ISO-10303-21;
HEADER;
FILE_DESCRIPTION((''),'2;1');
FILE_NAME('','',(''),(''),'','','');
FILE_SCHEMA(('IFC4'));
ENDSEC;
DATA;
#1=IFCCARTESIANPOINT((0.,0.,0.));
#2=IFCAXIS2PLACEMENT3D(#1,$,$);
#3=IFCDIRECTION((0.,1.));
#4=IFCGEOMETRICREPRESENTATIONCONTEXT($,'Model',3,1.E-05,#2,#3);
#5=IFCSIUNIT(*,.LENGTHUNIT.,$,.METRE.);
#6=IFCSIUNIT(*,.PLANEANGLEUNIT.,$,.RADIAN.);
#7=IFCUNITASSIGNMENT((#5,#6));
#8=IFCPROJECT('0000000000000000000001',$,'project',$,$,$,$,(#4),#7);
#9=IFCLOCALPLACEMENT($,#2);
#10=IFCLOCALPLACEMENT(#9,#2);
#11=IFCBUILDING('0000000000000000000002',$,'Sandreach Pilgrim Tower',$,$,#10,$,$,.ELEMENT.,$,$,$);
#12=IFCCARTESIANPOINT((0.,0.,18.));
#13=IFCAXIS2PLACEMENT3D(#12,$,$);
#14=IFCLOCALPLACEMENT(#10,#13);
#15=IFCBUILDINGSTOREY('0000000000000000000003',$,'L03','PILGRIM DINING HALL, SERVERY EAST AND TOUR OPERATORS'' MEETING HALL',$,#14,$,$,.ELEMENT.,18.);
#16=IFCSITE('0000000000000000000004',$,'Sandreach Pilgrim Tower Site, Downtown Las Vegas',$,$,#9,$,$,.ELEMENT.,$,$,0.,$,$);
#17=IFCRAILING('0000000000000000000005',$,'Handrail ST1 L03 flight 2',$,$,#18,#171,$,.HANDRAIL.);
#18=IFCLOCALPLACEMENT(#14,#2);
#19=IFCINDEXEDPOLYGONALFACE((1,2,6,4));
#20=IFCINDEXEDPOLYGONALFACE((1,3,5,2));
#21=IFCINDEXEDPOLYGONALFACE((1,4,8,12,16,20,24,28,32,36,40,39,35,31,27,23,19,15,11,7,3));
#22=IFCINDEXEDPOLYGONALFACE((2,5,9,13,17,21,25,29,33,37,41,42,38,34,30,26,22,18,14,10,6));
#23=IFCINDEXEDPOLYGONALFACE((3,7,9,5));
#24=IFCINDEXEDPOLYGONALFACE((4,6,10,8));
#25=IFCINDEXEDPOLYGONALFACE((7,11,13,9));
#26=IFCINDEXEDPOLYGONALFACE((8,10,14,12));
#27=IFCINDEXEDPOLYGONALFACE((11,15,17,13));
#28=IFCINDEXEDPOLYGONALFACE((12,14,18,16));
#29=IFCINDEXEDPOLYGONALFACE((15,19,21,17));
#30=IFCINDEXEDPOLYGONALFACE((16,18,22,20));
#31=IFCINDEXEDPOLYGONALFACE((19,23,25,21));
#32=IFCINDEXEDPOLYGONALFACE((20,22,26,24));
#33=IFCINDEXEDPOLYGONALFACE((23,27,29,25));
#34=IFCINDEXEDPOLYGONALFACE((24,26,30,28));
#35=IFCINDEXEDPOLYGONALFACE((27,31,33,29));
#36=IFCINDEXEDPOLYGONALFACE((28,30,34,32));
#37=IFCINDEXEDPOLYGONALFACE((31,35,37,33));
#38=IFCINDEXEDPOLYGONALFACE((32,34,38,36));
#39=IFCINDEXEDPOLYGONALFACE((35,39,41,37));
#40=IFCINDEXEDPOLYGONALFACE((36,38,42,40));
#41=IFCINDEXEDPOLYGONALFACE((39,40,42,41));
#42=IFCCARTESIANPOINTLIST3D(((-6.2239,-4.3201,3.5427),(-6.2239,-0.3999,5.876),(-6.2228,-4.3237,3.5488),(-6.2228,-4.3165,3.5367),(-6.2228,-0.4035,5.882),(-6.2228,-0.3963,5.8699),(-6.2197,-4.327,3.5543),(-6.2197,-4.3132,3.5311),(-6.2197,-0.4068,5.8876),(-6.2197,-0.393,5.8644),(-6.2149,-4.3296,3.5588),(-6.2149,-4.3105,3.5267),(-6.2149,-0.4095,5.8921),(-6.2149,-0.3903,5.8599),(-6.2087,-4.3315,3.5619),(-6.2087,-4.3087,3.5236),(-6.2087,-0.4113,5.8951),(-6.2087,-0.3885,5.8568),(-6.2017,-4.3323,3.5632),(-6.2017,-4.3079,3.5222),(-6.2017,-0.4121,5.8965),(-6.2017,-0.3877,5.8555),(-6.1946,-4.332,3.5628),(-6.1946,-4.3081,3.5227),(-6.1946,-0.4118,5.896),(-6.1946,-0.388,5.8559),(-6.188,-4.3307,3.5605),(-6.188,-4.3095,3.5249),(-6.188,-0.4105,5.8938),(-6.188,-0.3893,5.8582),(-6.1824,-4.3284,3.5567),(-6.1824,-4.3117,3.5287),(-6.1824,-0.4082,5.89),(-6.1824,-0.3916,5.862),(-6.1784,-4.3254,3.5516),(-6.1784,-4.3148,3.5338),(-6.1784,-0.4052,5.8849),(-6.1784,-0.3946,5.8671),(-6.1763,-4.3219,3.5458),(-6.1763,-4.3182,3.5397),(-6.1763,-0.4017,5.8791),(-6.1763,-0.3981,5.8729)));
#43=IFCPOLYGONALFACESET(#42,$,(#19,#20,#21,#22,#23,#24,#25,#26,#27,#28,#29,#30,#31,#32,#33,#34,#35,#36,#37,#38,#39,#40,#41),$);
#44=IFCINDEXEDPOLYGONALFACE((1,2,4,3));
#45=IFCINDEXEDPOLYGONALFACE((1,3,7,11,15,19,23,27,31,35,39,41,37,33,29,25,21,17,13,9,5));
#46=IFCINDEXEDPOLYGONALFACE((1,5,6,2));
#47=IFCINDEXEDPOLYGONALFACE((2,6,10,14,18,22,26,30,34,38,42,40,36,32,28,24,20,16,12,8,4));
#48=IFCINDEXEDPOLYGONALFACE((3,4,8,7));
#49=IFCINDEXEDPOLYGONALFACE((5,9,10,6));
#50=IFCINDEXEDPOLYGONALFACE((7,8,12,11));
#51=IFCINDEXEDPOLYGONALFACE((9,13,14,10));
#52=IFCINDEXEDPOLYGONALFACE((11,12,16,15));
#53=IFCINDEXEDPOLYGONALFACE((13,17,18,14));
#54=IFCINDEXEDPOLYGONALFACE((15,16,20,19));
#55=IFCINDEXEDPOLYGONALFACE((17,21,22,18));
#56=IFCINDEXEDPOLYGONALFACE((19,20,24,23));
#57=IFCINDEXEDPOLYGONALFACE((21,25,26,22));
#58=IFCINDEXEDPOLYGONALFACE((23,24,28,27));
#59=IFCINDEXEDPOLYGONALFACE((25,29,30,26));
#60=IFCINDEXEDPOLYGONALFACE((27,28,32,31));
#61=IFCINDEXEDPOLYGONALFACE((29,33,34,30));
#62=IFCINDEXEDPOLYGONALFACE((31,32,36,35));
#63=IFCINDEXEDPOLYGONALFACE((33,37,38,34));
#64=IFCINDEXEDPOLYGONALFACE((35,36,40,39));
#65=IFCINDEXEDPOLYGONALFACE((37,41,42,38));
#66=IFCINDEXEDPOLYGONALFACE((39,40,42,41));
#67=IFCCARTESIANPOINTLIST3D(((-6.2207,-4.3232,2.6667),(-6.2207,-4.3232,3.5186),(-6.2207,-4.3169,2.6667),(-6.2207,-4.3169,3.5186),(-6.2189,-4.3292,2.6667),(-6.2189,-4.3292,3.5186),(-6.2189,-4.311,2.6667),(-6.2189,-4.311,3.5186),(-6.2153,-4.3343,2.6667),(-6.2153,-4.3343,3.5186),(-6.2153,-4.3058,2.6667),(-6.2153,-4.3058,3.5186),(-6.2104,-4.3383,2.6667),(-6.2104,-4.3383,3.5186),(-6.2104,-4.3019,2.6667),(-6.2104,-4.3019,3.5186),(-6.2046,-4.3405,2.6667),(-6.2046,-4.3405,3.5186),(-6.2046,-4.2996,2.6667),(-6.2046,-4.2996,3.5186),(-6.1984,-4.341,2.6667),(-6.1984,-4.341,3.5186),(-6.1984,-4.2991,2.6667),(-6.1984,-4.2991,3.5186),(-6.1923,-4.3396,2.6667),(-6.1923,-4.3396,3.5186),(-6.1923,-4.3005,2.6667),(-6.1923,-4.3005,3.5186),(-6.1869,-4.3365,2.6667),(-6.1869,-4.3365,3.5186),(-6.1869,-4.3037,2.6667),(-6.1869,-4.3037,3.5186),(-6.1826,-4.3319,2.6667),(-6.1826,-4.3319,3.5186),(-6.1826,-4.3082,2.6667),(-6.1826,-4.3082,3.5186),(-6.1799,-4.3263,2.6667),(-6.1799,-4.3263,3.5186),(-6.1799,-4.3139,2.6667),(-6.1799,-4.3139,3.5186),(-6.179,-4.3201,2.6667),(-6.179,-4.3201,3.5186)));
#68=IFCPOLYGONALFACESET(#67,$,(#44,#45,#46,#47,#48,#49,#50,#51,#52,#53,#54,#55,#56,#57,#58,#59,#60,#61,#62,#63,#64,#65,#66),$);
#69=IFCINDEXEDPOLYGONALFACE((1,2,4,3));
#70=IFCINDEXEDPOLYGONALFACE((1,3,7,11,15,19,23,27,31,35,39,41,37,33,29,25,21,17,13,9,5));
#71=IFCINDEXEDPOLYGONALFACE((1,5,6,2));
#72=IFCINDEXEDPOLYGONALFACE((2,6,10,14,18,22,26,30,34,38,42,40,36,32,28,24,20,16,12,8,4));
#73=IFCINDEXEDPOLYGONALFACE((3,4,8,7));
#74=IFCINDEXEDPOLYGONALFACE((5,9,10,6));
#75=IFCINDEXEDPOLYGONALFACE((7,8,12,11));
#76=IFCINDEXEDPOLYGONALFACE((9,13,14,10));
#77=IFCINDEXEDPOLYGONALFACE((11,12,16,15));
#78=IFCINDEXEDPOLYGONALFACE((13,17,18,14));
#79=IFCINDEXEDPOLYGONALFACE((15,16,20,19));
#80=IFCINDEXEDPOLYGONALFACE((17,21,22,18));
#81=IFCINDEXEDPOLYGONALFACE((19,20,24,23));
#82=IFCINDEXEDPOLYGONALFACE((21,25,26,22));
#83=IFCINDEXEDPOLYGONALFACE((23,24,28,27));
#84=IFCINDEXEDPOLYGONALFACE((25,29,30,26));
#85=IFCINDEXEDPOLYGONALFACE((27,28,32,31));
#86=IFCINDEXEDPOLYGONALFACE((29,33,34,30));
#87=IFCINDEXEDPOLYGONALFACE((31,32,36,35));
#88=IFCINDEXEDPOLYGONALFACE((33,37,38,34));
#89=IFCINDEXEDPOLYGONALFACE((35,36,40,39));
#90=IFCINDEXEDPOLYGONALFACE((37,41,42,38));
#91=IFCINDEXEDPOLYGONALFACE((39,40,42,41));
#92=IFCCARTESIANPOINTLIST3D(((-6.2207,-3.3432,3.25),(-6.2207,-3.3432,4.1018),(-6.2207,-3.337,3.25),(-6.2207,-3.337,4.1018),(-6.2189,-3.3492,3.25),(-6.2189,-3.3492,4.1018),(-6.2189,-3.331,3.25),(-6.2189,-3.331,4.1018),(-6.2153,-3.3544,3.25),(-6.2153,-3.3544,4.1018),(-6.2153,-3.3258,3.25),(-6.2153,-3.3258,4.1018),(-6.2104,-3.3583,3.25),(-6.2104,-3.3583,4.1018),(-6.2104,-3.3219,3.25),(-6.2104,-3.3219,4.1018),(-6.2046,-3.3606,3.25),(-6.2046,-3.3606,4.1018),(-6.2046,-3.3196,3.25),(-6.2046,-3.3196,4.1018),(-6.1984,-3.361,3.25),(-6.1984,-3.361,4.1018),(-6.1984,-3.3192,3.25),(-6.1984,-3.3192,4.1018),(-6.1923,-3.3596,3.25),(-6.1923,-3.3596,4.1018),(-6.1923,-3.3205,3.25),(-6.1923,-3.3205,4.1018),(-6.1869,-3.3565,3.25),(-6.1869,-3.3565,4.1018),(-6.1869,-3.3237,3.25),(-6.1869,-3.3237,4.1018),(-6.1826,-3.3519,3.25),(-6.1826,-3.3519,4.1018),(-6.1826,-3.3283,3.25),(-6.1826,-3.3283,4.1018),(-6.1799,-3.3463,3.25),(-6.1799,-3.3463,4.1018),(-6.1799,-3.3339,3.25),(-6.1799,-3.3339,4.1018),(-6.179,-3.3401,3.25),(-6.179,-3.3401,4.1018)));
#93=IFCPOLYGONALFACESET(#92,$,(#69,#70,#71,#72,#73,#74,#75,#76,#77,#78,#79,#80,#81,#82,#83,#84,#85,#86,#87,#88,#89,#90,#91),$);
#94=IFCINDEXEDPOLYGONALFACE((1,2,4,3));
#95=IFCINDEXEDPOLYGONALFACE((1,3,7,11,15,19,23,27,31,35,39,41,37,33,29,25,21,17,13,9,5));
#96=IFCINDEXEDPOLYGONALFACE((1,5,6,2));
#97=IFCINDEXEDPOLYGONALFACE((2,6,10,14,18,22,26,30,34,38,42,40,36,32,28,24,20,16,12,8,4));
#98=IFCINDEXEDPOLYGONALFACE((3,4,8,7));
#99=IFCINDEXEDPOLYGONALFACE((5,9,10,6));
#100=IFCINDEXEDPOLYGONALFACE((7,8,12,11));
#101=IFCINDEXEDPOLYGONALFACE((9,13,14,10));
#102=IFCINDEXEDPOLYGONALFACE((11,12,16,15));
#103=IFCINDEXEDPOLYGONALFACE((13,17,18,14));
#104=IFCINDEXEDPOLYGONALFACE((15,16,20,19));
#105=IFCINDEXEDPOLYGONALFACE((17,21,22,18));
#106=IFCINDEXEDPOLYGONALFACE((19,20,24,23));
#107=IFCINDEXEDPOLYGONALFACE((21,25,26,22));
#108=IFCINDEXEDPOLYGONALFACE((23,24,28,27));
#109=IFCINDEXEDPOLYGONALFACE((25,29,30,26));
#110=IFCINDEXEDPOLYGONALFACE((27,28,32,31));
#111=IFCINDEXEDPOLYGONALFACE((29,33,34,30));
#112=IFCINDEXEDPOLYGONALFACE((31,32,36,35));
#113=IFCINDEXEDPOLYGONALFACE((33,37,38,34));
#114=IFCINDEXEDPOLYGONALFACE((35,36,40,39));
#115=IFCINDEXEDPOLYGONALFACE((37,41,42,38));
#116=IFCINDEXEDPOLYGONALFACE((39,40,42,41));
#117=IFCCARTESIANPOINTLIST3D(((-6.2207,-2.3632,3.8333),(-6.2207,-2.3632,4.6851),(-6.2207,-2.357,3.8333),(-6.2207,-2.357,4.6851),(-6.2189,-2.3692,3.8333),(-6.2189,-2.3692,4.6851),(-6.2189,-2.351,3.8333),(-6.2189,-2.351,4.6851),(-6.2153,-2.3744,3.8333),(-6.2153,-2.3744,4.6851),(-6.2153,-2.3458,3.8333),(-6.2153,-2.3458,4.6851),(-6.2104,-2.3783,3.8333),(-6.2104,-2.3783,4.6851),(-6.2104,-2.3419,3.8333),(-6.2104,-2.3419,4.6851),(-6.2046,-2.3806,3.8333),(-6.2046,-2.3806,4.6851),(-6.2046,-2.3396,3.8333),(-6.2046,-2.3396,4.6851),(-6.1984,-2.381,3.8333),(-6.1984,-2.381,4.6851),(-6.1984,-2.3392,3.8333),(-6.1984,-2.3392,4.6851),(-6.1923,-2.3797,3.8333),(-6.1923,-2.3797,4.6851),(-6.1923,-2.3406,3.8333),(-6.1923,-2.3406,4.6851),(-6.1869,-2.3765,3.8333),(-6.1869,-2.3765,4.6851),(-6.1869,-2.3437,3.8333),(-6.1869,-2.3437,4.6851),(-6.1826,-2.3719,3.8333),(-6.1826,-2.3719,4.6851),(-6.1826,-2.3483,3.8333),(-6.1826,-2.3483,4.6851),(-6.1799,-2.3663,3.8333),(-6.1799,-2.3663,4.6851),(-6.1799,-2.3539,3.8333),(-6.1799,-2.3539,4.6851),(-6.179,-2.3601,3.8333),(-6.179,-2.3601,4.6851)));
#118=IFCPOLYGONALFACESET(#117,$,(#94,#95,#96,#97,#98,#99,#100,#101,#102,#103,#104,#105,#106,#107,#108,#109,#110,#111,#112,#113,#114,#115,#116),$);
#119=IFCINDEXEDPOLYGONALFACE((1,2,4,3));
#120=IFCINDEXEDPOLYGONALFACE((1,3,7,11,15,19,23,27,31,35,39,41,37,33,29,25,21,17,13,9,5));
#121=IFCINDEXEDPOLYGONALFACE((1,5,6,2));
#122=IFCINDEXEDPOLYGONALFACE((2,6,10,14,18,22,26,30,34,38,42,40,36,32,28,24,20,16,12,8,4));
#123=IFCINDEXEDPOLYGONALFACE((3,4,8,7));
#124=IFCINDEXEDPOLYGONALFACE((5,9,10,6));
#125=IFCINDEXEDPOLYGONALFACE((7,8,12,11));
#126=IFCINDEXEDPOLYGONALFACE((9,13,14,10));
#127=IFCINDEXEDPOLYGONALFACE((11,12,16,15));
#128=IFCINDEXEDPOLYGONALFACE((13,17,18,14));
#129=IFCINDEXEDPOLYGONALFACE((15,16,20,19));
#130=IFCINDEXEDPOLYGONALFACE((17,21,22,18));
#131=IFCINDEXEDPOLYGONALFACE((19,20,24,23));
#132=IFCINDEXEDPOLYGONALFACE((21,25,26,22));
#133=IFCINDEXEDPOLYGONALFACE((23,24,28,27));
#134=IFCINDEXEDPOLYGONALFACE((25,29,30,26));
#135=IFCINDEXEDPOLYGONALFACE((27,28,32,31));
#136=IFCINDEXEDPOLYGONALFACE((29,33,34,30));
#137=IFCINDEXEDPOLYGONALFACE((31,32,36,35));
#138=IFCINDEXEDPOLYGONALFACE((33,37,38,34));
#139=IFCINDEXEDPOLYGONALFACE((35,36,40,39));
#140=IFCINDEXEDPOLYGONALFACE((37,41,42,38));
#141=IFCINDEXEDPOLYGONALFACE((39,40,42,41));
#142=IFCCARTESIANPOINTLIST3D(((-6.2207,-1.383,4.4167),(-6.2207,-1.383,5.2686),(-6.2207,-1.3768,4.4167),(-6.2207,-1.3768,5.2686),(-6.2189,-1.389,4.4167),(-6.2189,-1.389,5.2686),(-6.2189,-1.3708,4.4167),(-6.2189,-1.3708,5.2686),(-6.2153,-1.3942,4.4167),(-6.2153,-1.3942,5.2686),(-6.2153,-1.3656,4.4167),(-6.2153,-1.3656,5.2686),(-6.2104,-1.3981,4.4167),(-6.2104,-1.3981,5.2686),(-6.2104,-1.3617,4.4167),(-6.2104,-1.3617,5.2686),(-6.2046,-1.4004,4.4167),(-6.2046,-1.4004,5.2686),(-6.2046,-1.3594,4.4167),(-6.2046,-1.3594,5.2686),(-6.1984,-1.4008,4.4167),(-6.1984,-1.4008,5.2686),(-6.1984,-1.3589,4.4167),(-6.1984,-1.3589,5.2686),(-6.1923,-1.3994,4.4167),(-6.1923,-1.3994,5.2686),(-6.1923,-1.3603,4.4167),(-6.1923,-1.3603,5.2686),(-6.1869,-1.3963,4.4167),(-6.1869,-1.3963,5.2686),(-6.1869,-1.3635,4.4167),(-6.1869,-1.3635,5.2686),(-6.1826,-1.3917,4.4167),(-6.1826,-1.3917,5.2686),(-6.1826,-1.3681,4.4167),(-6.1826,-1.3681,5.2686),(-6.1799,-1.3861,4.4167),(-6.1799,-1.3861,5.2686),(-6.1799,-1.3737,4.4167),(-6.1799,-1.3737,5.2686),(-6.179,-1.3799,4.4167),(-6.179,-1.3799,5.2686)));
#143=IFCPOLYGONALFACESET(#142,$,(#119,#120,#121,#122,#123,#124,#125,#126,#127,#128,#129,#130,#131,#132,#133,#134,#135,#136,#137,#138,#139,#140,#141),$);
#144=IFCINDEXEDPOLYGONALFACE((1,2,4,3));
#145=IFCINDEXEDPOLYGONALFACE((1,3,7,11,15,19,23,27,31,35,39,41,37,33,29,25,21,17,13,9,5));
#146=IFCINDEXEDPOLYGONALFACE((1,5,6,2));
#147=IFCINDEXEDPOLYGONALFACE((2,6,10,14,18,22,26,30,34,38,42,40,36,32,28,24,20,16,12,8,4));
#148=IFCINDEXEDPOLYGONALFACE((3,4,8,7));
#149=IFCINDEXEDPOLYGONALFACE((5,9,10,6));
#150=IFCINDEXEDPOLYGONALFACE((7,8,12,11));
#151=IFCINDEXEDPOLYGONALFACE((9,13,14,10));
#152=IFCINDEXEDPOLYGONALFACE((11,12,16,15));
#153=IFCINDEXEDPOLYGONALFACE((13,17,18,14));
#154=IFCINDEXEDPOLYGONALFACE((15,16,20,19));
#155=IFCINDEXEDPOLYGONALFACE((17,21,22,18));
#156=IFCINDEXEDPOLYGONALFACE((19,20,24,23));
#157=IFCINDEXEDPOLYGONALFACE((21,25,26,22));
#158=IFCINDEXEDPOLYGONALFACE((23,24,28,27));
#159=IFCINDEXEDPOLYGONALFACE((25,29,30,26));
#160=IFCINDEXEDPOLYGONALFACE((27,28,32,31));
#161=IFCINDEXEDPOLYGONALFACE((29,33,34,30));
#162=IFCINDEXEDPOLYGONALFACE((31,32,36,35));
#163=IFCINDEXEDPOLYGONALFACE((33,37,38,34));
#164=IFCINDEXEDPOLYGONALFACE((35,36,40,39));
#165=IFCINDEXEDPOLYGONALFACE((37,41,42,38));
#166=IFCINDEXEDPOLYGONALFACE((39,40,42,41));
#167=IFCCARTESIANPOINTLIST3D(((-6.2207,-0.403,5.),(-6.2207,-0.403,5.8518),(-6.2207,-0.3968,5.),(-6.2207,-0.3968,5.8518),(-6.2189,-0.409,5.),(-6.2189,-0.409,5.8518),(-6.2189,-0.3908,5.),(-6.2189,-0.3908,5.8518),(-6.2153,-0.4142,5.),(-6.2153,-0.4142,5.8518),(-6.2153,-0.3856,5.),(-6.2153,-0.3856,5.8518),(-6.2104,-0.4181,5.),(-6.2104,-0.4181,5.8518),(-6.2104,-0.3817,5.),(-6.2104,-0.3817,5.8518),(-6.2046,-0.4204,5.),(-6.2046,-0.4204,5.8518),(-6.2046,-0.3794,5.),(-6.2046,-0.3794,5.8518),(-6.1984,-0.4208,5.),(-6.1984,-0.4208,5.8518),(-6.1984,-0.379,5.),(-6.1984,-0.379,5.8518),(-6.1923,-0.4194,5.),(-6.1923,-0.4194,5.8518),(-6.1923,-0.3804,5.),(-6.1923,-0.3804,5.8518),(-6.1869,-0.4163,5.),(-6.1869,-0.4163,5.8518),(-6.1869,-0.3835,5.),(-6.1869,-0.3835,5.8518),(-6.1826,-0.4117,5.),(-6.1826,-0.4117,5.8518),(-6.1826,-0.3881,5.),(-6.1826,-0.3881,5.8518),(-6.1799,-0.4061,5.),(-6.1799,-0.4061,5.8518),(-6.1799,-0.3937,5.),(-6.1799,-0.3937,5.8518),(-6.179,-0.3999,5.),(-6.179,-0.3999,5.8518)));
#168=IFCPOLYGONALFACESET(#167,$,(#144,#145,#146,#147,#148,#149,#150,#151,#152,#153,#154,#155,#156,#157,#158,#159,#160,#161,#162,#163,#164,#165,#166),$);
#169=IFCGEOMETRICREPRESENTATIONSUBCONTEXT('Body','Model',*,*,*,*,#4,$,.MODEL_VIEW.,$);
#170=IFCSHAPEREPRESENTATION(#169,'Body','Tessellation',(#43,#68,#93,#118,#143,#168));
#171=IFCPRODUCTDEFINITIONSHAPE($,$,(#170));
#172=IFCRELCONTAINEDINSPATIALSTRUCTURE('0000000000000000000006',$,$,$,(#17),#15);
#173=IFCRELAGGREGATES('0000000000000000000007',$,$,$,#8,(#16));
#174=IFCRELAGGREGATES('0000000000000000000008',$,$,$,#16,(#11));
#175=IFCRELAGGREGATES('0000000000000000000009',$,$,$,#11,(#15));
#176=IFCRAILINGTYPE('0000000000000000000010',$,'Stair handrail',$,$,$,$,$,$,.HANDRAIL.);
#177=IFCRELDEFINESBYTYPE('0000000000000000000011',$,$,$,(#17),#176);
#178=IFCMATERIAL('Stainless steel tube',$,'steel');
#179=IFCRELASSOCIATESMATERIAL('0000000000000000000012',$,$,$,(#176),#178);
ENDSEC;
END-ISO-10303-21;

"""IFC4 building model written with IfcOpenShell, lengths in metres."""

from ifc_helpers import new_model, si_unit, direction, frame, origin, origin_2d, place, context, subcontext, project, spatial, circle, extrude, material, type_object, element, save


model = new_model("IFC4")

# Units and contexts
model_context = context("Model", 3, precision=1e-05, world=origin(), true_north=direction((0.0, 1.0)))
body_context = subcontext(model_context, "Body", "Model", "MODEL_VIEW")
ifc_project = project(units=[si_unit("LENGTHUNIT", "METRE"), si_unit("PLANEANGLEUNIT", "RADIAN")], contexts=[model_context])

# Site, building, storey
site_placement = place(None, origin())
site = spatial("IfcSite", under=ifc_project, at=site_placement, Name="Sandreach Pilgrim Tower Site, Downtown Las Vegas", CompositionType="ELEMENT", RefElevation=0.0)
building_placement = place(site_placement, origin())
building = spatial("IfcBuilding", under=site, at=building_placement, Name="Sandreach Pilgrim Tower", CompositionType="ELEMENT")
storey_placement = place(building_placement, frame((0.0, 0.0, 18.0)))
storey = spatial("IfcBuildingStorey", under=building, at=storey_placement, Name="L03", Description="PILGRIM DINING HALL, SERVERY EAST AND TOUR OPERATORS' MEETING HALL", CompositionType="ELEMENT", Elevation=18.0)

# Railing
ifc_material_1 = material(Name="Stainless steel tube", Category="steel")
railing_type = type_object("IfcRailingType", Name="Stair handrail", PredefinedType="HANDRAIL", material=ifc_material_1)
for number, where, name in (
    (1, (-6.2, -4.3201, 2.6667), "Handrail ST1 L03 flight 2"),
):
    element("IfcRailing", number, at=place(storey_placement, frame(where)), inside=storey, type_object=railing_type, Name=name, PredefinedType="HANDRAIL", context=body_context, shape_type="SweptSolid", body=[
        extrude(circle(Radius=0.0239, at=origin_2d()), frame((0.0, 0.0, 0.876), z_axis=(0.0, 0.85931, 0.511455), x_axis=(-1.0, 0.0, 0.0)), (0.0, 0.0, 1.0), 4.562),
        extrude(circle(Radius=0.021, at=origin_2d()), origin(), (0.0, 0.0, 1.0), 0.8518),
        extrude(circle(Radius=0.021, at=origin_2d()), frame((0.0, 0.98, 0.5833)), (0.0, 0.0, 1.0), 0.8518),
        extrude(circle(Radius=0.021, at=origin_2d()), frame((0.0, 1.96, 1.1665)), (0.0, 0.0, 1.0), 0.8518),
        extrude(circle(Radius=0.021, at=origin_2d()), frame((0.0, 2.9402, 1.75)), (0.0, 0.0, 1.0), 0.8518),
        extrude(circle(Radius=0.021, at=origin_2d()), frame((0.0, 3.9202, 2.3333)), (0.0, 0.0, 1.0), 0.8518),
    ])

save(model, "model.ifc")
